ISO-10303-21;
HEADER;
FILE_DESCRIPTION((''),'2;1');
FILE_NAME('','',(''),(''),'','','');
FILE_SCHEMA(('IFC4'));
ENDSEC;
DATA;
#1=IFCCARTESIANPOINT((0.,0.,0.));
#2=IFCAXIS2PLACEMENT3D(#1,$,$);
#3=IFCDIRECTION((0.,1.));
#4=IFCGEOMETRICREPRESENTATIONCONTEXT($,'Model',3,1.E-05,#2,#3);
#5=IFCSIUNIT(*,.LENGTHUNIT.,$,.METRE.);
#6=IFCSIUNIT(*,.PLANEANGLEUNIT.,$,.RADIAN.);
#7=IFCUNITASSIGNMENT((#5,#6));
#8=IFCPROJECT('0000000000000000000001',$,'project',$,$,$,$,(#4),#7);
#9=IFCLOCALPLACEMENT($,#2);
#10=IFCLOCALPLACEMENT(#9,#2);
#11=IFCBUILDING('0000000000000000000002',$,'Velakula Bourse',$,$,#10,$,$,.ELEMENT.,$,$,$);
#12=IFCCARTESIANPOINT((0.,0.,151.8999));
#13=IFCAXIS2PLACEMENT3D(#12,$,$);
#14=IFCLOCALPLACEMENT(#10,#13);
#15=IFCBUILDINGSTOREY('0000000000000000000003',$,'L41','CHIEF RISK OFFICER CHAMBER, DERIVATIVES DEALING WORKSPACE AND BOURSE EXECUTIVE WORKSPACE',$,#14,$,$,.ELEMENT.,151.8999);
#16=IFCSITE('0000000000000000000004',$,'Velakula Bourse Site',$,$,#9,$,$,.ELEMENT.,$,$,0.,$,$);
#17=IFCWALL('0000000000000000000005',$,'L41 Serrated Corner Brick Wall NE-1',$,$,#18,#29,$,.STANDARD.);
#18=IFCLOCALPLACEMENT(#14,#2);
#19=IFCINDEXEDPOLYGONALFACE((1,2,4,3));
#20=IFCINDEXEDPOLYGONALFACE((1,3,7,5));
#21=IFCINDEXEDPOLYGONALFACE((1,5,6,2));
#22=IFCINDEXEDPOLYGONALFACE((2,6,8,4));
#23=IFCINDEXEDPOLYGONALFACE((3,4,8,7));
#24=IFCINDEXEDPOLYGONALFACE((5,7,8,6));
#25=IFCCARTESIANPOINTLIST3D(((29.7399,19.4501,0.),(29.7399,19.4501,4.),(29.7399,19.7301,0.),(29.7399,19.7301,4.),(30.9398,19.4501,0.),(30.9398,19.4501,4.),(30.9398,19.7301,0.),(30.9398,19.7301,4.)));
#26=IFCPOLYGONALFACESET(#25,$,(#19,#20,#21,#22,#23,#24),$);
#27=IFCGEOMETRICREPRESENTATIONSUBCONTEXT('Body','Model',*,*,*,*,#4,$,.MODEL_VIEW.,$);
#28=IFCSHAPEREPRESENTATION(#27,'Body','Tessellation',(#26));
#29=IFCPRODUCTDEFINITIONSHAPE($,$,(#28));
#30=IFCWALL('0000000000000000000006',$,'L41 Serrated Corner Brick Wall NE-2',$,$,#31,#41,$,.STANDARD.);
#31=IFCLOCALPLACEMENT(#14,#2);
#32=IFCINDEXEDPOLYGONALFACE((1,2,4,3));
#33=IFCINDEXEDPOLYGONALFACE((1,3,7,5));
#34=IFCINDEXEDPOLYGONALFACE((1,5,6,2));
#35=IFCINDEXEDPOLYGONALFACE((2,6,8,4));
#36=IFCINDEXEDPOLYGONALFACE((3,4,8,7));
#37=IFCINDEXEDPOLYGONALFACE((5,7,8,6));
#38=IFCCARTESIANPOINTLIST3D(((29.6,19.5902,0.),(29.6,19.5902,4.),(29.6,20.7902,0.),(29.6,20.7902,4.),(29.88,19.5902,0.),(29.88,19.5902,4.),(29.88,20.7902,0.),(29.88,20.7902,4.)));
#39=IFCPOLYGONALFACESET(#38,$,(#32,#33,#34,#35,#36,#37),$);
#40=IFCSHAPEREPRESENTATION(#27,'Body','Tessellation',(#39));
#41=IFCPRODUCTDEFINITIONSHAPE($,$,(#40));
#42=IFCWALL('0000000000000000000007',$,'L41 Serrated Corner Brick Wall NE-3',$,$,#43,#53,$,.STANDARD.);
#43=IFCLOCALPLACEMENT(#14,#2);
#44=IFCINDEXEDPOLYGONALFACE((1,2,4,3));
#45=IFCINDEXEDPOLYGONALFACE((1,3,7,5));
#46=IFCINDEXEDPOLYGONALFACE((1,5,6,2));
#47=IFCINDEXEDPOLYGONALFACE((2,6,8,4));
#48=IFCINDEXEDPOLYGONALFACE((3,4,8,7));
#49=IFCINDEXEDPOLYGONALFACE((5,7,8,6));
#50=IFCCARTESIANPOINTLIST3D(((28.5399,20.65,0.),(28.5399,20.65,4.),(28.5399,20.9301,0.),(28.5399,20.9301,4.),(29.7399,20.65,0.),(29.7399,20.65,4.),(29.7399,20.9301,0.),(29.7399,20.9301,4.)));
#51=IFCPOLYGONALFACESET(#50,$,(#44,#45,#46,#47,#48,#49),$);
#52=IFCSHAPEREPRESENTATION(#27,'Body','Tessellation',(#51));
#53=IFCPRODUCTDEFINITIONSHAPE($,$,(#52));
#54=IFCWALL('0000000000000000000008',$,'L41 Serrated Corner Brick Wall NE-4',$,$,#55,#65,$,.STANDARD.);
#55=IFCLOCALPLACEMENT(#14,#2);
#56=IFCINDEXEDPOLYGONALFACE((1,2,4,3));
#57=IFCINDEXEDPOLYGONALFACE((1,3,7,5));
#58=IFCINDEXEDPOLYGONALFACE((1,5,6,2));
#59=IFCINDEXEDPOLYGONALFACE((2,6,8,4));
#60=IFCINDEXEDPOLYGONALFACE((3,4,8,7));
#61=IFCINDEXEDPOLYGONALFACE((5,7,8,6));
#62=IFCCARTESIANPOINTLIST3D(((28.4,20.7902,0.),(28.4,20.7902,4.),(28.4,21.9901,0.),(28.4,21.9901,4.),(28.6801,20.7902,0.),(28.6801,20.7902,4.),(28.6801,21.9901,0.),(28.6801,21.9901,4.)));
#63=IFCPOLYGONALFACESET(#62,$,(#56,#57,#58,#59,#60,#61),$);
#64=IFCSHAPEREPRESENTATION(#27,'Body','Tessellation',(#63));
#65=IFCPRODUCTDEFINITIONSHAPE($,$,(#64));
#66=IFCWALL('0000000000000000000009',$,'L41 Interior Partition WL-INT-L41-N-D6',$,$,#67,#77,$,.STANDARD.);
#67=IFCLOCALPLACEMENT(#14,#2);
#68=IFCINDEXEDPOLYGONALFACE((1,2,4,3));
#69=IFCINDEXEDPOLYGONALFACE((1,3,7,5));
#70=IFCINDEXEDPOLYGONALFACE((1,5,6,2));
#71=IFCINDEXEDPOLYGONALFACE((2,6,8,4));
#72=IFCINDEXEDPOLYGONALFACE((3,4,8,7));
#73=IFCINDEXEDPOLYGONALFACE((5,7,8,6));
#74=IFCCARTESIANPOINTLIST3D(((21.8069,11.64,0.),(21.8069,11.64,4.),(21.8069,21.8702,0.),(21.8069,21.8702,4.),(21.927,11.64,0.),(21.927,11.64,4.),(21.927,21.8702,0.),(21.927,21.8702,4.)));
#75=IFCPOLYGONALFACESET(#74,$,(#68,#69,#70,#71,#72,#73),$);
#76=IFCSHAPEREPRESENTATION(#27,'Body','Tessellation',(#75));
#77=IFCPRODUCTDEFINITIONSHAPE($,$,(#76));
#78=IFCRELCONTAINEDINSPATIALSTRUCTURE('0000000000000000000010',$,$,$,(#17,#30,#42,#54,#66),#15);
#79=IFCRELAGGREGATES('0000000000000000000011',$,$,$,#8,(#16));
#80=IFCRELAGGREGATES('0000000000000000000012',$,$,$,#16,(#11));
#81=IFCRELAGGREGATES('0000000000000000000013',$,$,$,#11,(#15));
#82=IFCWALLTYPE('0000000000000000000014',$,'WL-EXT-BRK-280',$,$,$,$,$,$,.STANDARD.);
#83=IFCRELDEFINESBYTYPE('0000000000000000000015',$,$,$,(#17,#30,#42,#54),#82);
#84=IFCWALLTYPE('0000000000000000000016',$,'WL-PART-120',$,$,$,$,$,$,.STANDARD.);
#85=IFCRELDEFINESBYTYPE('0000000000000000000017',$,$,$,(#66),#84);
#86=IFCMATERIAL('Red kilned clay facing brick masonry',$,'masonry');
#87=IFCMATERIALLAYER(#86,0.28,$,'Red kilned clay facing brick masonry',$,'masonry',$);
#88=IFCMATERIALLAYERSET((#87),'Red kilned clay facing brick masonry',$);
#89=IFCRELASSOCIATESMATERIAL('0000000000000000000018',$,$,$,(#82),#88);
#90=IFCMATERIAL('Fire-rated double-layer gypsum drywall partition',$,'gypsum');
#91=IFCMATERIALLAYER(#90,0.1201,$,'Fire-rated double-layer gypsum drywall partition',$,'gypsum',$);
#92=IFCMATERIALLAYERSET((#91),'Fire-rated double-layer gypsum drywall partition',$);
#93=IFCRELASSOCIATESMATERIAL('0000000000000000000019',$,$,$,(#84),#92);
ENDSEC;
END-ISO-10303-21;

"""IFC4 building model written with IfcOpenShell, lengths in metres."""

from ifc_helpers import new_model, si_unit, direction, frame, frame_2d, origin, place, context, subcontext, project, spatial, rectangle, extrude, material, layer, layer_set, type_object, element, save


model = new_model("IFC4")

# Units and contexts
model_context = context("Model", 3, precision=1e-05, world=origin(), true_north=direction((0.0, 1.0)))
body_context = subcontext(model_context, "Body", "Model", "MODEL_VIEW")
ifc_project = project(units=[si_unit("LENGTHUNIT", "METRE"), si_unit("PLANEANGLEUNIT", "RADIAN")], contexts=[model_context])

# Site, building, storey
site_placement = place(None, origin())
site = spatial("IfcSite", under=ifc_project, at=site_placement, Name="Velakula Bourse Site", CompositionType="ELEMENT", RefElevation=0.0)
building_placement = place(site_placement, origin())
building = spatial("IfcBuilding", under=site, at=building_placement, Name="Velakula Bourse", CompositionType="ELEMENT")
storey_placement = place(building_placement, frame((0.0, 0.0, 151.8999)))
storey = spatial("IfcBuildingStorey", under=building, at=storey_placement, Name="L41", Description="CHIEF RISK OFFICER CHAMBER, DERIVATIVES DEALING WORKSPACE AND BOURSE EXECUTIVE WORKSPACE", CompositionType="ELEMENT", Elevation=151.8999)

# Shared definitions
ifc_material_1 = material(Name="Red kilned clay facing brick masonry", Category="masonry")
ifc_layer_1 = layer(ifc_material_1, 0.28, Name="Red kilned clay facing brick masonry", Category="masonry")
ifc_layer_set_1 = layer_set([ifc_layer_1], Name="Red kilned clay facing brick masonry")
wall_type_1 = type_object("IfcWallType", Name="WL-EXT-BRK-280", PredefinedType="STANDARD", material=ifc_layer_set_1)

# Walls
for number, where, z_axis, x_axis, name in (
    (1, (30.9399, 19.5901, 0.0), (0.0, 0.0, 1.0), (-1.0, 0.0, 0.0), "L41 Serrated Corner Brick Wall NE-1"),
    (2, (29.74, 19.5901, 0.0), (0.0, 0.0, 1.0), (0.0, 1.0, 0.0), "L41 Serrated Corner Brick Wall NE-2"),
    (3, (29.74, 20.79, 0.0), (0.0, 0.0, 1.0), (-1.0, 0.0, 0.0), "L41 Serrated Corner Brick Wall NE-3"),
    (4, (28.54, 20.79, 0.0), (0.0, 0.0, 1.0), (0.0, 1.0, 0.0), "L41 Serrated Corner Brick Wall NE-4"),
):
    element("IfcWall", number, at=place(storey_placement, frame(where, z_axis=z_axis, x_axis=x_axis)), inside=storey, type_object=wall_type_1, Name=name, PredefinedType="STANDARD", context=body_context, shape_type="SweptSolid", body=[
        extrude(rectangle(XDim=1.2, YDim=0.28, at=frame_2d((0.6001, 0.0))), origin(), (0.0, 0.0, 1.0), 4.0),
    ])
ifc_material_2 = material(Name="Fire-rated double-layer gypsum drywall partition", Category="gypsum")
ifc_layer_2 = layer(ifc_material_2, 0.1201, Name="Fire-rated double-layer gypsum drywall partition", Category="gypsum")
ifc_layer_set_2 = layer_set([ifc_layer_2], Name="Fire-rated double-layer gypsum drywall partition")
wall_type_2 = type_object("IfcWallType", Name="WL-PART-120", PredefinedType="STANDARD", material=ifc_layer_set_2)
wall_1_placement = place(storey_placement, frame((21.8669, 11.6399, 0.0), z_axis=(0.0, 0.0, 1.0), x_axis=(0.0, 1.0, 0.0)))
element("IfcWall", 5, at=wall_1_placement, inside=storey, type_object=wall_type_2, Name="L41 Interior Partition WL-INT-L41-N-D6", PredefinedType="STANDARD", context=body_context, shape_type="SweptSolid", body=[
    extrude(rectangle(XDim=10.2302, YDim=0.1201, at=frame_2d((5.1152, 0.0))), origin(), (0.0, 0.0, 1.0), 4.0),
])

save(model, "model.ifc")
